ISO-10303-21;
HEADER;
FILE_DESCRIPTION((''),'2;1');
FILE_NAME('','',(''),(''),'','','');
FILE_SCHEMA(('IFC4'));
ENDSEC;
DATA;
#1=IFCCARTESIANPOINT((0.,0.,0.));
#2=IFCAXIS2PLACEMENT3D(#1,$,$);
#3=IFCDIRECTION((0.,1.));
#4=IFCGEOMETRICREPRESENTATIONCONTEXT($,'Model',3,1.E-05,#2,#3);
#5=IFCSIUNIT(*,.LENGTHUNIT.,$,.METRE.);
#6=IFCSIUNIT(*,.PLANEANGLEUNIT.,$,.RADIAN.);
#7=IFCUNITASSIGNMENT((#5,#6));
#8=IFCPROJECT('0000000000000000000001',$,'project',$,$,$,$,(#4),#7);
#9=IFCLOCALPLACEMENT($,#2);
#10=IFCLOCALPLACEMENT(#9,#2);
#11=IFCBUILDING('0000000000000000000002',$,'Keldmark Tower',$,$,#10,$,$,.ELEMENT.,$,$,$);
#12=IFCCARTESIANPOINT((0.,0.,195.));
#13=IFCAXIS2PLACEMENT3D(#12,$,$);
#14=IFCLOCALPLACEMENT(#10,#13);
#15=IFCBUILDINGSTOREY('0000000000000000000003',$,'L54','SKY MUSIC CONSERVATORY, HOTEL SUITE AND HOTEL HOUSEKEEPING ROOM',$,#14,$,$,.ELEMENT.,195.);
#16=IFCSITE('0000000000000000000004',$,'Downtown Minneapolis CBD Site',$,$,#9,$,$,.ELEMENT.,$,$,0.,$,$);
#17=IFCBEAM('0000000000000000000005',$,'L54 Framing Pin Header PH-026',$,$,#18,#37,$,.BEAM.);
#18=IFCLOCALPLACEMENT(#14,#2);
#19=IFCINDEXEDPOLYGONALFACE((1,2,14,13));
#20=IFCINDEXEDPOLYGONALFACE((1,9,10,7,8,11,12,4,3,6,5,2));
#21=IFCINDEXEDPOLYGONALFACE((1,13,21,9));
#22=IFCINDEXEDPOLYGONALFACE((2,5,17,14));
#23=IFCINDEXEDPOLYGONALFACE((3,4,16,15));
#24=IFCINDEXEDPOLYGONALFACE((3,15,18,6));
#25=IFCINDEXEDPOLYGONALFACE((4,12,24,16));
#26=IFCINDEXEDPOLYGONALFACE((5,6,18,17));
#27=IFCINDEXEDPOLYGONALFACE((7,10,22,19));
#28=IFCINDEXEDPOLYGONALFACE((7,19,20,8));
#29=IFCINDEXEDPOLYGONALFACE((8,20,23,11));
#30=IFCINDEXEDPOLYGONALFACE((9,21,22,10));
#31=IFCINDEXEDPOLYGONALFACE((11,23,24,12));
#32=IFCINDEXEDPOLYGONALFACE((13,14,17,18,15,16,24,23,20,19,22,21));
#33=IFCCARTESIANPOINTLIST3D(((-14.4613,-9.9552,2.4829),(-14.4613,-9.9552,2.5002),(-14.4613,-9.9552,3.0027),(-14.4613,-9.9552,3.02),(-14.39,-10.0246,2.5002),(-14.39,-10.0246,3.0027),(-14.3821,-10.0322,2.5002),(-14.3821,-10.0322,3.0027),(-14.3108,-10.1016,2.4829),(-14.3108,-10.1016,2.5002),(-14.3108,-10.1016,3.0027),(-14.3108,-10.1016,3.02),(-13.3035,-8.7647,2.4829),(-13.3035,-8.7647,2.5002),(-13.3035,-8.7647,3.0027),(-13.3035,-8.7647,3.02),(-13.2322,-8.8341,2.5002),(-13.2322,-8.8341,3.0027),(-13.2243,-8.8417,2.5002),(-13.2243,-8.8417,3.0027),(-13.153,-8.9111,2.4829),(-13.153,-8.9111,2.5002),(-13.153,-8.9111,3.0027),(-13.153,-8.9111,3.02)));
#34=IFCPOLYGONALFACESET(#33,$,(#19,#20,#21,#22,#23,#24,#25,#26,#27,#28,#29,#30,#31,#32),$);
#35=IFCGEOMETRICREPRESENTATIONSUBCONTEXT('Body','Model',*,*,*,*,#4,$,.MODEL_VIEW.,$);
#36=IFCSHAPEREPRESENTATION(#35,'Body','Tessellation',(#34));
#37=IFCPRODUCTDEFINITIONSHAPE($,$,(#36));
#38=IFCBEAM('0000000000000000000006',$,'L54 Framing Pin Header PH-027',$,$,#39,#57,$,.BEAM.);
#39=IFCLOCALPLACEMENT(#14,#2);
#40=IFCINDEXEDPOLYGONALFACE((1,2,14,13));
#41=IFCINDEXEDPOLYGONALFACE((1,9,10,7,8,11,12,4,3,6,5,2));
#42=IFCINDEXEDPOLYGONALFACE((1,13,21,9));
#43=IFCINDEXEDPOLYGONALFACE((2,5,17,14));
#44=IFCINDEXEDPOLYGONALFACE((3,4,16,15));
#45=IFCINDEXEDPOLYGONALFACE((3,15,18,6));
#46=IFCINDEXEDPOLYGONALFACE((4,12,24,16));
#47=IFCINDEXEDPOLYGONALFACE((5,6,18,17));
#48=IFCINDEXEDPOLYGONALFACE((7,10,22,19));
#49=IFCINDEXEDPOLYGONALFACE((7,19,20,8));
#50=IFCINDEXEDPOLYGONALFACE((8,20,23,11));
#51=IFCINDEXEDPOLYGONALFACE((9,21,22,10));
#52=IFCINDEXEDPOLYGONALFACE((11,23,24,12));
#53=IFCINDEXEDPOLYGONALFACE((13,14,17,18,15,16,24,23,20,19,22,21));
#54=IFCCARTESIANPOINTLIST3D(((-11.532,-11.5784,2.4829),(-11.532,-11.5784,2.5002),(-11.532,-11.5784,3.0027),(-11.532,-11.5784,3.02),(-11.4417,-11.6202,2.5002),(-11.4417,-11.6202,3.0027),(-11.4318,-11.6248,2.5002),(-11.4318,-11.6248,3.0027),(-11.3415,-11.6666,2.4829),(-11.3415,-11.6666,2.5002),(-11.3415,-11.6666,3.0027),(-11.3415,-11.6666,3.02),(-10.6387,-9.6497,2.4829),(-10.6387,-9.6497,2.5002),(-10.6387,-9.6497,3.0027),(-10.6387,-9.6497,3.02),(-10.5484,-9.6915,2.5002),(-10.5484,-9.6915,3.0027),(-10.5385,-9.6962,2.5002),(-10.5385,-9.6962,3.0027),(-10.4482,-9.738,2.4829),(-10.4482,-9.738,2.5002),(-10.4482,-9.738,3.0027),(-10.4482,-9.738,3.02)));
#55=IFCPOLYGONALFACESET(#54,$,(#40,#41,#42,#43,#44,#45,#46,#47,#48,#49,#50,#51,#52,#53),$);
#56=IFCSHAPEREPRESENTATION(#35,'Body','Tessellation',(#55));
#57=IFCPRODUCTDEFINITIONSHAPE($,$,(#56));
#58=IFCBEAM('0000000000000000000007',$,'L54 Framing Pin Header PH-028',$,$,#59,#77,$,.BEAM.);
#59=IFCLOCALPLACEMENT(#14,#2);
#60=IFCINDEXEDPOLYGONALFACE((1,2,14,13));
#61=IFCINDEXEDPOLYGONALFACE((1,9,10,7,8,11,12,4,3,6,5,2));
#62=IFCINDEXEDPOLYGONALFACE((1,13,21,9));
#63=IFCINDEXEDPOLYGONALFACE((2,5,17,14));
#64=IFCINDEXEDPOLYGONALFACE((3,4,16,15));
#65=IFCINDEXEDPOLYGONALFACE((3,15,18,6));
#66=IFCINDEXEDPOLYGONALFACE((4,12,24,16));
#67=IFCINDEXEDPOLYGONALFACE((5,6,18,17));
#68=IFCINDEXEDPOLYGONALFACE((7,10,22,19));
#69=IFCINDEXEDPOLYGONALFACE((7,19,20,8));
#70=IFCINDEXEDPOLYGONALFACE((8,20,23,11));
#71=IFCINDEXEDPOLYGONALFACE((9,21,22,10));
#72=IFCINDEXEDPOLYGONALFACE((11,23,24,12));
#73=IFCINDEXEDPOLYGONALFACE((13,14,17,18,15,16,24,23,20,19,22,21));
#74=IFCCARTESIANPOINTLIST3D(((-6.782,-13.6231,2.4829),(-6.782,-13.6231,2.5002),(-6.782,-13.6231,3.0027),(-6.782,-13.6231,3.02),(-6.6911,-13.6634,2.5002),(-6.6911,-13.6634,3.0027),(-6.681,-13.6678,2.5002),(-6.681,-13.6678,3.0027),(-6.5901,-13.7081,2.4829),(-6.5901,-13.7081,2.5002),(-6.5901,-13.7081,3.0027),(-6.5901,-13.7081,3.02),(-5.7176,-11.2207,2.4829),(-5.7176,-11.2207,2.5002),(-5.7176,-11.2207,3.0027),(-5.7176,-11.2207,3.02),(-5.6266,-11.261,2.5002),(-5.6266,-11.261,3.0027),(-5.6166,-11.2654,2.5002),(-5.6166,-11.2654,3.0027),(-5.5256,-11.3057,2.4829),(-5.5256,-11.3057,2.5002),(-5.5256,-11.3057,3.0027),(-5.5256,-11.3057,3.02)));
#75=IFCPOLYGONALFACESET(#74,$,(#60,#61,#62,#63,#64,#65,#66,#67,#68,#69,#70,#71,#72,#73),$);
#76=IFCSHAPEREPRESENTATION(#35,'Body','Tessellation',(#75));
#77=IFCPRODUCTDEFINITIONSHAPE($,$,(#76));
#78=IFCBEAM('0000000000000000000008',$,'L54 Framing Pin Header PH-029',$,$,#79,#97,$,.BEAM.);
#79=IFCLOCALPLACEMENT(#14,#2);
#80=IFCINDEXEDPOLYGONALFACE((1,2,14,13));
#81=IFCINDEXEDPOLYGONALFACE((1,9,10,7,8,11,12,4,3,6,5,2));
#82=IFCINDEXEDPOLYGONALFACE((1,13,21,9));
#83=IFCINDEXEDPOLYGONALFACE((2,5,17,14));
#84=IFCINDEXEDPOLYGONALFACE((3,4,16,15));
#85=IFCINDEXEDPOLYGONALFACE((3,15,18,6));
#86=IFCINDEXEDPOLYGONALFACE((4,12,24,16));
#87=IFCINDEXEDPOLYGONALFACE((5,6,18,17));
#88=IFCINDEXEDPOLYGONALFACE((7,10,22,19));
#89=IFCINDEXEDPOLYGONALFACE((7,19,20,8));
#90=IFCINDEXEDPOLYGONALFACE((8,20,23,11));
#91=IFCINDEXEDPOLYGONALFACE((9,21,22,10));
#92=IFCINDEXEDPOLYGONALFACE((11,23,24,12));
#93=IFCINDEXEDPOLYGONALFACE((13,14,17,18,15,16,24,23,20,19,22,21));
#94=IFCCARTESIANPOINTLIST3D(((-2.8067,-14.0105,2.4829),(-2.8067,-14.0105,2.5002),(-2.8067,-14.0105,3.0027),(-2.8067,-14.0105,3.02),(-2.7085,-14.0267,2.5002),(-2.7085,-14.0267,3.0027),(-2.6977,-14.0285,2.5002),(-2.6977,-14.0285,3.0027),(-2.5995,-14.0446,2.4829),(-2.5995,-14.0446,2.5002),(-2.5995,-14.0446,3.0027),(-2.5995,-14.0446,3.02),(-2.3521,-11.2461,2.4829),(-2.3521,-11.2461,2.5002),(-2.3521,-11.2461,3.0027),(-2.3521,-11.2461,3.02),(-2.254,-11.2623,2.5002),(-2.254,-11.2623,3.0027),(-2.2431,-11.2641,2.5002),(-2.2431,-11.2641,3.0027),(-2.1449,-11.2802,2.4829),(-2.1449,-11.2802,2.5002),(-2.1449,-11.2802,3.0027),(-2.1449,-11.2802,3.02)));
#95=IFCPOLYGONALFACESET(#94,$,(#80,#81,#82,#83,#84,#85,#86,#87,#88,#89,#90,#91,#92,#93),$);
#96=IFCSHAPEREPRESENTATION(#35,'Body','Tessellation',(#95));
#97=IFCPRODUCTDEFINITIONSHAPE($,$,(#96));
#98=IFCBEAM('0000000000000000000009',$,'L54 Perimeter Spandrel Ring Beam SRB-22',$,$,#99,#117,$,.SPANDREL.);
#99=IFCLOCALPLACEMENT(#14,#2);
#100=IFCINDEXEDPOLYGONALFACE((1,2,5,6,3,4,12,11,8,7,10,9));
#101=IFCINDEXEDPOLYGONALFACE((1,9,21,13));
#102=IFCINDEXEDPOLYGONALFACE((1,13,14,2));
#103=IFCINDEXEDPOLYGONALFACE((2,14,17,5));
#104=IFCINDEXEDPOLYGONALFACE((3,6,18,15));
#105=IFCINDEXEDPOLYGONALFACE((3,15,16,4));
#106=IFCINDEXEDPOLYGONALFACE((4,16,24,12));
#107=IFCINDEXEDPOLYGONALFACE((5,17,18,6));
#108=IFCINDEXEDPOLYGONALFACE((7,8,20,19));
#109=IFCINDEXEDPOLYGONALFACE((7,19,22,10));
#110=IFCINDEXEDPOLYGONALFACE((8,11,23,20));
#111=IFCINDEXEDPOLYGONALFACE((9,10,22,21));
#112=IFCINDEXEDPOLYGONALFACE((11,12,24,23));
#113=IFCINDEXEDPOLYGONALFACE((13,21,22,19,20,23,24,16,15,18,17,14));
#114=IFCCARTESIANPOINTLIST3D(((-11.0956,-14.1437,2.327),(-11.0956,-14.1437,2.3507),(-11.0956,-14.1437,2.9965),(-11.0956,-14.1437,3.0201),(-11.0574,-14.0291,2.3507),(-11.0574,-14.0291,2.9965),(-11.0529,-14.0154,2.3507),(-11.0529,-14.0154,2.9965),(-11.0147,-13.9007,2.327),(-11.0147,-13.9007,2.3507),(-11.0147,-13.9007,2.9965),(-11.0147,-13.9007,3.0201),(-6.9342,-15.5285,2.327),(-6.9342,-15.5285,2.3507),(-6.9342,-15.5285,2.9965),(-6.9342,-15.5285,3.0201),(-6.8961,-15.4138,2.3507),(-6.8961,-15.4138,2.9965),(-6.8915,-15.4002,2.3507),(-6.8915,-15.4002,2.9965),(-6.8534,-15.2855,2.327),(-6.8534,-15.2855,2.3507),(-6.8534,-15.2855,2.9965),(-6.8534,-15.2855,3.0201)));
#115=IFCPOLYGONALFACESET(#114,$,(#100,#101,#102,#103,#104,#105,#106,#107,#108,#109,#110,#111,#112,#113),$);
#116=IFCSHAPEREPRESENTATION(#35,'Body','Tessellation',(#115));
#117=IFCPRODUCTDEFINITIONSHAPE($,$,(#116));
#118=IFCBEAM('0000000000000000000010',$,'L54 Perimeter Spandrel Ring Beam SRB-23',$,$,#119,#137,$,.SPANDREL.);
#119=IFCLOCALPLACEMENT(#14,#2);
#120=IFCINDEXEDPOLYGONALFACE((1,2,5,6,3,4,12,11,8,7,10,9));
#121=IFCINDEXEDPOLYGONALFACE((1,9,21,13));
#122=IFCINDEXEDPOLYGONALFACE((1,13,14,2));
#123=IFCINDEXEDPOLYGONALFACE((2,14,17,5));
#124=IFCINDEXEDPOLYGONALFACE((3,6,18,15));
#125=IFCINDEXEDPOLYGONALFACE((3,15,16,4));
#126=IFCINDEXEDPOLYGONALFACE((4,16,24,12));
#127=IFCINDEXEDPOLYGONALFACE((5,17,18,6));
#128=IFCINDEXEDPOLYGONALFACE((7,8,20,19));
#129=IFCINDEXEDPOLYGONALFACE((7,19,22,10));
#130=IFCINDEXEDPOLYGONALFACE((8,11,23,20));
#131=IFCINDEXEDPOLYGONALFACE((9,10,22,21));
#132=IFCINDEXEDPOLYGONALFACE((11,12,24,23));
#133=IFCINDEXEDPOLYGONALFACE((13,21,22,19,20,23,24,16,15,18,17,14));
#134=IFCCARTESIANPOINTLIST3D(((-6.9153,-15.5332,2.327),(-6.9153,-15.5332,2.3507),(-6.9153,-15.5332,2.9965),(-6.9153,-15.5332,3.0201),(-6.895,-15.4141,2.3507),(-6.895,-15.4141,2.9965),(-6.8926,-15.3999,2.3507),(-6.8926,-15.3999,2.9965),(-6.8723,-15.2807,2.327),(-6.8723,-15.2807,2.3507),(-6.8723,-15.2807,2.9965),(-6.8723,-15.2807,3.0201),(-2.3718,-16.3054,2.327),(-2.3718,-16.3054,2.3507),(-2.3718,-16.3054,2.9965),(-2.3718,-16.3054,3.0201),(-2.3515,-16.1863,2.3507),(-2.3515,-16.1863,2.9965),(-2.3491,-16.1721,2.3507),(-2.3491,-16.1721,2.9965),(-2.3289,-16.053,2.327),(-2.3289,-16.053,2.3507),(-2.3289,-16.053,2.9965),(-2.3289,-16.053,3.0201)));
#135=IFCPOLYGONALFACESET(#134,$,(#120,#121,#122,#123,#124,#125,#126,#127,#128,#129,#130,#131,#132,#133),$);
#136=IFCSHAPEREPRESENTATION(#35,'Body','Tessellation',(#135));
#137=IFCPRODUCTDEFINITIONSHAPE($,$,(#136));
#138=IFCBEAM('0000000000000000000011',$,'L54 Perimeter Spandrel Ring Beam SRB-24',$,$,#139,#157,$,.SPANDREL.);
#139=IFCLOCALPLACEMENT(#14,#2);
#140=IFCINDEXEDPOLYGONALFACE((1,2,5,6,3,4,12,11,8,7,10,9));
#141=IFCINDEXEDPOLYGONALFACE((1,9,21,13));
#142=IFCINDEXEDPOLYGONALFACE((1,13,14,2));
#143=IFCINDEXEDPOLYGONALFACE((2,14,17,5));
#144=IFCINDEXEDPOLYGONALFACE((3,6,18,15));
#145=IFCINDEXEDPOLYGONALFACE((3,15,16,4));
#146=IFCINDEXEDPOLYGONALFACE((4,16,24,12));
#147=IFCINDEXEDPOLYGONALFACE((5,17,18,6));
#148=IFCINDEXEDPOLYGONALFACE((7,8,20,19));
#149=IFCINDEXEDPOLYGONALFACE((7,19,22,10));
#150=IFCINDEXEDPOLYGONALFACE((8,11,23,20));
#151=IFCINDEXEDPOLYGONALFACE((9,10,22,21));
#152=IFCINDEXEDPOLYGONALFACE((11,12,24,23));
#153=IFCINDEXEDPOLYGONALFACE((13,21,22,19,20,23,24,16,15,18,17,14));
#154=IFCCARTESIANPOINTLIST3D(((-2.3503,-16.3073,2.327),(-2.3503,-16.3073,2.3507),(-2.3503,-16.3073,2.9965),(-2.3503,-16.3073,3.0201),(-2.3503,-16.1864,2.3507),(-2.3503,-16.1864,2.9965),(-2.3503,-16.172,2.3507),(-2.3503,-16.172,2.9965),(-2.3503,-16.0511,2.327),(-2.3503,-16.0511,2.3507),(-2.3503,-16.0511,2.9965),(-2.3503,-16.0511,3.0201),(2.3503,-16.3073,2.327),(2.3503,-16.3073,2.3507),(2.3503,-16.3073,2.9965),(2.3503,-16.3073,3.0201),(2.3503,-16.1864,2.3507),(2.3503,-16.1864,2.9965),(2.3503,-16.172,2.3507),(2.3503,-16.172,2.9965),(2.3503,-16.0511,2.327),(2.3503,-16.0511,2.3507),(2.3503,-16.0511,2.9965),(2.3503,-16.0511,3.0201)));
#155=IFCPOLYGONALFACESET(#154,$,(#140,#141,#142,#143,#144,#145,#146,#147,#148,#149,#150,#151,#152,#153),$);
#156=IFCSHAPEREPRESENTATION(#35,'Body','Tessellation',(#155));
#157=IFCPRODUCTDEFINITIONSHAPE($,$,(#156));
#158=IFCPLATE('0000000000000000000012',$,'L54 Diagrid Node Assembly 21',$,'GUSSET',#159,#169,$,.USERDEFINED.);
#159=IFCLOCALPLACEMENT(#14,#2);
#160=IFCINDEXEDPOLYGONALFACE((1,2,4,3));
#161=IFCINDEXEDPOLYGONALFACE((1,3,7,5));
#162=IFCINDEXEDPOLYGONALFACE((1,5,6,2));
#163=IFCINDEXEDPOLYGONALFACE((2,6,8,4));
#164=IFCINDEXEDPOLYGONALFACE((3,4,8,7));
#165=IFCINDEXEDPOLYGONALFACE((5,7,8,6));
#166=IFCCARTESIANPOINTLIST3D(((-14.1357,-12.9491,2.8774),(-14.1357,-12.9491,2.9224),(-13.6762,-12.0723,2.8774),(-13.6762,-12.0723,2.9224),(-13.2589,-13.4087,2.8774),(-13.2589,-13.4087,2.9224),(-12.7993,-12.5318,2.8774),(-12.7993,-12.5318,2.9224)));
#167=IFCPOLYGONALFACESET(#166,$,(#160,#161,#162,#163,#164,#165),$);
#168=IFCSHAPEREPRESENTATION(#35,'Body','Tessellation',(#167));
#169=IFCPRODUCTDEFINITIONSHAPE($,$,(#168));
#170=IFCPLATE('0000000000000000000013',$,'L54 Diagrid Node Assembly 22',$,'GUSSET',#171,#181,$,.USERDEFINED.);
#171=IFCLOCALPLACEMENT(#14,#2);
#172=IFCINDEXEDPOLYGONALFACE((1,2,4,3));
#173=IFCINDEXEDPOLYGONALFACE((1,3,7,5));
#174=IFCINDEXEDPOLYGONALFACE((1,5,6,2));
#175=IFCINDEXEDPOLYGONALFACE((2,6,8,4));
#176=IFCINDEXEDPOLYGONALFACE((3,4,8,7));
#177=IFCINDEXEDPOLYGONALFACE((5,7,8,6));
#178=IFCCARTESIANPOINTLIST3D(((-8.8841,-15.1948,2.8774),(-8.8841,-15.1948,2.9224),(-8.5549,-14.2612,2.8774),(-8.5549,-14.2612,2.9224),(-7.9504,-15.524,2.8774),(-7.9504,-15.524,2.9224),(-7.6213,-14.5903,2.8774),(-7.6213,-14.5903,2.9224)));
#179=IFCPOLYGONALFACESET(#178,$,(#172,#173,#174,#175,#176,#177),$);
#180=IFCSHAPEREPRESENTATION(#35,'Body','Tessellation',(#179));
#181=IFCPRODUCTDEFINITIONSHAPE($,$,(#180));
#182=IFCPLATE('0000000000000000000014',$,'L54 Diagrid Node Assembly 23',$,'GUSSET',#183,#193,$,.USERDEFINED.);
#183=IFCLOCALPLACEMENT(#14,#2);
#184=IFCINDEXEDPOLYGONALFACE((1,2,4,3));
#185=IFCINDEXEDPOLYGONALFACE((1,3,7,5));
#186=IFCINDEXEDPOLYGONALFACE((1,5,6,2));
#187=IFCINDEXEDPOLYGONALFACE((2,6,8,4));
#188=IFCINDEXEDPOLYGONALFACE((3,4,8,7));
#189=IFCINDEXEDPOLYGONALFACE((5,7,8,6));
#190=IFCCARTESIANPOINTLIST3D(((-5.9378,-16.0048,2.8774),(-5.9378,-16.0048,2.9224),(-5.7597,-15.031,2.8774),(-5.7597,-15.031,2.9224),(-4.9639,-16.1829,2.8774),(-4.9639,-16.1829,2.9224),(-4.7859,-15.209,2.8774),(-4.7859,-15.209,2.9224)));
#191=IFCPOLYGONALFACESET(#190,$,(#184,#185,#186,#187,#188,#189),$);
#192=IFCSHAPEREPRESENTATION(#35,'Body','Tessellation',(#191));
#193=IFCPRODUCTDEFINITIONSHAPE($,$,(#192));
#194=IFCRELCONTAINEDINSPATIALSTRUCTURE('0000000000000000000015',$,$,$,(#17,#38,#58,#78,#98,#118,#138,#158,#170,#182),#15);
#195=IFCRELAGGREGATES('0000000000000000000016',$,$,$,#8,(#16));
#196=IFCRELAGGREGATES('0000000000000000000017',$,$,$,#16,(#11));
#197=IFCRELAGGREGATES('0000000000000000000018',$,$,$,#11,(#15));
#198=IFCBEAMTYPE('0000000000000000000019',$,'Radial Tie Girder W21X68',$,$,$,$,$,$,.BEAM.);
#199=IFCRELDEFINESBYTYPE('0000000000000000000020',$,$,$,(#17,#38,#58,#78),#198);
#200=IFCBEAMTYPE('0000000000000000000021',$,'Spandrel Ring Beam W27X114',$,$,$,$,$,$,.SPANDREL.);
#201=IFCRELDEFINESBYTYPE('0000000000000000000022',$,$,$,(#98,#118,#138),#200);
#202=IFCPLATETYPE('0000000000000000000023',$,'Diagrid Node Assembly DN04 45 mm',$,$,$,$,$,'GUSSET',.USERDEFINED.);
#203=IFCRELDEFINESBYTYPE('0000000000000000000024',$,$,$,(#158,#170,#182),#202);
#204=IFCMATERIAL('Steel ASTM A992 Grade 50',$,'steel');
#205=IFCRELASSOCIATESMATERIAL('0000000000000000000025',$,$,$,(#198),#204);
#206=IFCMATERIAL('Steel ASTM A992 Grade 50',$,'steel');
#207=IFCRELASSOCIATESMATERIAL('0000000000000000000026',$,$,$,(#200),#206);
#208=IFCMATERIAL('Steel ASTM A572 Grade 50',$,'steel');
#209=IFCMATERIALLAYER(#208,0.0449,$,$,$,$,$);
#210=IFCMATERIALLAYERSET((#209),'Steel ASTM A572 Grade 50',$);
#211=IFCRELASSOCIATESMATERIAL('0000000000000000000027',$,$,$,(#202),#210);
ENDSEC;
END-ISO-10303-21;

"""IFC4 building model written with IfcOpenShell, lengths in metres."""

from ifc_helpers import new_model, si_unit, direction, frame, origin, origin_2d, place, context, subcontext, project, spatial, rectangle, i_section, extrude, material, layer, layer_set, material_profile, profile_set, type_object, element, save


model = new_model("IFC4")

# Units and contexts
model_context = context("Model", 3, precision=1e-05, world=origin(), true_north=direction((0.0, 1.0)))
body_context = subcontext(model_context, "Body", "Model", "MODEL_VIEW")
ifc_project = project(units=[si_unit("LENGTHUNIT", "METRE"), si_unit("PLANEANGLEUNIT", "RADIAN")], contexts=[model_context])

# Site, building, storey
site_placement = place(None, origin())
site = spatial("IfcSite", under=ifc_project, at=site_placement, Name="Downtown Minneapolis CBD Site", CompositionType="ELEMENT", RefElevation=0.0)
building_placement = place(site_placement, origin())
building = spatial("IfcBuilding", under=site, at=building_placement, Name="Keldmark Tower", CompositionType="ELEMENT")
storey_placement = place(building_placement, frame((0.0, 0.0, 195.0)))
storey = spatial("IfcBuildingStorey", under=building, at=storey_placement, Name="L54", Description="SKY MUSIC CONSERVATORY, HOTEL SUITE AND HOTEL HOUSEKEEPING ROOM", CompositionType="ELEMENT", Elevation=195.0)

# Beams
ifc_material_1 = material(Name="Steel ASTM A992 Grade 50", Category="steel")
ifc_material_profile_1 = material_profile(ifc_material_1, i_section(OverallWidth=0.21, OverallDepth=0.5371, WebThickness=0.011, FlangeThickness=0.0173, at=origin_2d()), Name="W21X68")
ifc_profile_set_1 = profile_set([ifc_material_profile_1], Name="Steel ASTM A992 Grade 50")
beam_type_1 = type_object("IfcBeamType", Name="Radial Tie Girder W21X68", PredefinedType="BEAM", material=ifc_profile_set_1)
beam_1_placement = place(storey_placement, frame((-13.2283, -8.8379, 2.7515), z_axis=(-0.697188, -0.716889, 0.0), x_axis=(0.716889, -0.697188, 0.0)))
element("IfcBeam", 1, at=beam_1_placement, inside=storey, type_object=beam_type_1, Name="L54 Framing Pin Header PH-026", PredefinedType="BEAM", context=body_context, shape_type="SweptSolid", body=[
    extrude(i_section(OverallWidth=0.21, OverallDepth=0.5371, WebThickness=0.011, FlangeThickness=0.0173, at=origin_2d()), origin(), (0.0, 0.0, 1.0), 1.6606),
])
beam_2_placement = place(storey_placement, frame((-10.5435, -9.6938, 2.7515), z_axis=(-0.420274, -0.907397, 0.0), x_axis=(0.907397, -0.420274, 0.0)))
element("IfcBeam", 2, at=beam_2_placement, inside=storey, type_object=beam_type_1, Name="L54 Framing Pin Header PH-027", PredefinedType="BEAM", context=body_context, shape_type="SweptSolid", body=[
    extrude(i_section(OverallWidth=0.21, OverallDepth=0.5371, WebThickness=0.011, FlangeThickness=0.0173, at=origin_2d()), origin(), (0.0, 0.0, 1.0), 2.1255),
])
beam_3_placement = place(storey_placement, frame((-5.6216, -11.2632, 2.7515), z_axis=(-0.405104, -0.914271, 0.0), x_axis=(0.914271, -0.405104, 0.0)))
element("IfcBeam", 3, at=beam_3_placement, inside=storey, type_object=beam_type_1, Name="L54 Framing Pin Header PH-028", PredefinedType="BEAM", context=body_context, shape_type="SweptSolid", body=[
    extrude(i_section(OverallWidth=0.21, OverallDepth=0.5371, WebThickness=0.011, FlangeThickness=0.0173, at=origin_2d()), origin(), (0.0, 0.0, 1.0), 2.6277),
])
beam_4_placement = place(storey_placement, frame((-2.2485, -11.2632, 2.7515), z_axis=(-0.162265, -0.986747, 0.0), x_axis=(0.986747, -0.162265, 0.0)))
element("IfcBeam", 4, at=beam_4_placement, inside=storey, type_object=beam_type_1, Name="L54 Framing Pin Header PH-029", PredefinedType="BEAM", context=body_context, shape_type="SweptSolid", body=[
    extrude(i_section(OverallWidth=0.21, OverallDepth=0.5371, WebThickness=0.011, FlangeThickness=0.0173, at=origin_2d()), origin(), (0.0, 0.0, 1.0), 2.8015),
])
ifc_material_2 = material(Name="Steel ASTM A992 Grade 50", Category="steel")
ifc_material_profile_2 = material_profile(ifc_material_2, i_section(OverallWidth=0.2561, OverallDepth=0.6931, WebThickness=0.0144, FlangeThickness=0.0237, at=origin_2d()), Name="W27X114")
ifc_profile_set_2 = profile_set([ifc_material_profile_2], Name="Steel ASTM A992 Grade 50")
beam_type_2 = type_object("IfcBeamType", Name="Spandrel Ring Beam W27X114", PredefinedType="SPANDREL", material=ifc_profile_set_2)
beam_5_placement = place(storey_placement, frame((-11.0552, -14.0222, 2.6736), z_axis=(0.948845, -0.315743, 0.0), x_axis=(0.315743, 0.948845, 0.0)))
element("IfcBeam", 5, at=beam_5_placement, inside=storey, type_object=beam_type_2, Name="L54 Perimeter Spandrel Ring Beam SRB-22", PredefinedType="SPANDREL", context=body_context, shape_type="SweptSolid", body=[
    extrude(i_section(OverallWidth=0.2561, OverallDepth=0.6931, WebThickness=0.0144, FlangeThickness=0.0237, at=origin_2d()), origin(), (0.0, 0.0, 1.0), 4.3857),
])
beam_6_placement = place(storey_placement, frame((-6.8938, -15.407, 2.6736), z_axis=(0.985862, -0.167559, 0.0), x_axis=(0.167559, 0.985862, 0.0)))
element("IfcBeam", 6, at=beam_6_placement, inside=storey, type_object=beam_type_2, Name="L54 Perimeter Spandrel Ring Beam SRB-23", PredefinedType="SPANDREL", context=body_context, shape_type="SweptSolid", body=[
    extrude(i_section(OverallWidth=0.2561, OverallDepth=0.6931, WebThickness=0.0144, FlangeThickness=0.0237, at=origin_2d()), origin(), (0.0, 0.0, 1.0), 4.6086),
])
beam_7_placement = place(storey_placement, frame((-2.3503, -16.1792, 2.6736), z_axis=(1.0, 0.0, 0.0), x_axis=(0.0, 1.0, 0.0)))
element("IfcBeam", 7, at=beam_7_placement, inside=storey, type_object=beam_type_2, Name="L54 Perimeter Spandrel Ring Beam SRB-24", PredefinedType="SPANDREL", context=body_context, shape_type="SweptSolid", body=[
    extrude(i_section(OverallWidth=0.2561, OverallDepth=0.6931, WebThickness=0.0144, FlangeThickness=0.0237, at=origin_2d()), origin(), (0.0, 0.0, 1.0), 4.7007),
])

# Plates
ifc_material_3 = material(Name="Steel ASTM A572 Grade 50", Category="steel")
ifc_layer_1 = layer(ifc_material_3, 0.0449)
ifc_layer_set_1 = layer_set([ifc_layer_1], Name="Steel ASTM A572 Grade 50")
plate_type_1 = type_object("IfcPlateType", Name="Diagrid Node Assembly DN04 45 mm", ElementType="GUSSET", PredefinedType="USERDEFINED", material=ifc_layer_set_1)
for number, where, z_axis, x_axis, name in (
    (8, (-13.4675, -12.7405, 2.8774), (0.0, 0.0, 1.0), (0.885718, -0.464224, 0.0), "L54 Diagrid Node Assembly 21"),
    (9, (-8.2527, -14.8926, 2.8774), (0.0, 0.0, 1.0), (0.943107, -0.33249, 0.0), "L54 Diagrid Node Assembly 22"),
    (10, (-5.3618, -15.6069, 2.8774), (0.0, 0.0, 1.0), (0.983697, -0.179832, 0.0), "L54 Diagrid Node Assembly 23"),
):
    element("IfcPlate", number, at=place(storey_placement, frame(where, z_axis=z_axis, x_axis=x_axis)), inside=storey, type_object=plate_type_1, Name=name, ObjectType="GUSSET", PredefinedType="USERDEFINED", context=body_context, shape_type="SweptSolid", body=[
        extrude(rectangle(XDim=0.99, YDim=0.99, at=origin_2d()), origin(), (0.0, 0.0, 1.0), 0.0449),
    ])

save(model, "model.ifc")
